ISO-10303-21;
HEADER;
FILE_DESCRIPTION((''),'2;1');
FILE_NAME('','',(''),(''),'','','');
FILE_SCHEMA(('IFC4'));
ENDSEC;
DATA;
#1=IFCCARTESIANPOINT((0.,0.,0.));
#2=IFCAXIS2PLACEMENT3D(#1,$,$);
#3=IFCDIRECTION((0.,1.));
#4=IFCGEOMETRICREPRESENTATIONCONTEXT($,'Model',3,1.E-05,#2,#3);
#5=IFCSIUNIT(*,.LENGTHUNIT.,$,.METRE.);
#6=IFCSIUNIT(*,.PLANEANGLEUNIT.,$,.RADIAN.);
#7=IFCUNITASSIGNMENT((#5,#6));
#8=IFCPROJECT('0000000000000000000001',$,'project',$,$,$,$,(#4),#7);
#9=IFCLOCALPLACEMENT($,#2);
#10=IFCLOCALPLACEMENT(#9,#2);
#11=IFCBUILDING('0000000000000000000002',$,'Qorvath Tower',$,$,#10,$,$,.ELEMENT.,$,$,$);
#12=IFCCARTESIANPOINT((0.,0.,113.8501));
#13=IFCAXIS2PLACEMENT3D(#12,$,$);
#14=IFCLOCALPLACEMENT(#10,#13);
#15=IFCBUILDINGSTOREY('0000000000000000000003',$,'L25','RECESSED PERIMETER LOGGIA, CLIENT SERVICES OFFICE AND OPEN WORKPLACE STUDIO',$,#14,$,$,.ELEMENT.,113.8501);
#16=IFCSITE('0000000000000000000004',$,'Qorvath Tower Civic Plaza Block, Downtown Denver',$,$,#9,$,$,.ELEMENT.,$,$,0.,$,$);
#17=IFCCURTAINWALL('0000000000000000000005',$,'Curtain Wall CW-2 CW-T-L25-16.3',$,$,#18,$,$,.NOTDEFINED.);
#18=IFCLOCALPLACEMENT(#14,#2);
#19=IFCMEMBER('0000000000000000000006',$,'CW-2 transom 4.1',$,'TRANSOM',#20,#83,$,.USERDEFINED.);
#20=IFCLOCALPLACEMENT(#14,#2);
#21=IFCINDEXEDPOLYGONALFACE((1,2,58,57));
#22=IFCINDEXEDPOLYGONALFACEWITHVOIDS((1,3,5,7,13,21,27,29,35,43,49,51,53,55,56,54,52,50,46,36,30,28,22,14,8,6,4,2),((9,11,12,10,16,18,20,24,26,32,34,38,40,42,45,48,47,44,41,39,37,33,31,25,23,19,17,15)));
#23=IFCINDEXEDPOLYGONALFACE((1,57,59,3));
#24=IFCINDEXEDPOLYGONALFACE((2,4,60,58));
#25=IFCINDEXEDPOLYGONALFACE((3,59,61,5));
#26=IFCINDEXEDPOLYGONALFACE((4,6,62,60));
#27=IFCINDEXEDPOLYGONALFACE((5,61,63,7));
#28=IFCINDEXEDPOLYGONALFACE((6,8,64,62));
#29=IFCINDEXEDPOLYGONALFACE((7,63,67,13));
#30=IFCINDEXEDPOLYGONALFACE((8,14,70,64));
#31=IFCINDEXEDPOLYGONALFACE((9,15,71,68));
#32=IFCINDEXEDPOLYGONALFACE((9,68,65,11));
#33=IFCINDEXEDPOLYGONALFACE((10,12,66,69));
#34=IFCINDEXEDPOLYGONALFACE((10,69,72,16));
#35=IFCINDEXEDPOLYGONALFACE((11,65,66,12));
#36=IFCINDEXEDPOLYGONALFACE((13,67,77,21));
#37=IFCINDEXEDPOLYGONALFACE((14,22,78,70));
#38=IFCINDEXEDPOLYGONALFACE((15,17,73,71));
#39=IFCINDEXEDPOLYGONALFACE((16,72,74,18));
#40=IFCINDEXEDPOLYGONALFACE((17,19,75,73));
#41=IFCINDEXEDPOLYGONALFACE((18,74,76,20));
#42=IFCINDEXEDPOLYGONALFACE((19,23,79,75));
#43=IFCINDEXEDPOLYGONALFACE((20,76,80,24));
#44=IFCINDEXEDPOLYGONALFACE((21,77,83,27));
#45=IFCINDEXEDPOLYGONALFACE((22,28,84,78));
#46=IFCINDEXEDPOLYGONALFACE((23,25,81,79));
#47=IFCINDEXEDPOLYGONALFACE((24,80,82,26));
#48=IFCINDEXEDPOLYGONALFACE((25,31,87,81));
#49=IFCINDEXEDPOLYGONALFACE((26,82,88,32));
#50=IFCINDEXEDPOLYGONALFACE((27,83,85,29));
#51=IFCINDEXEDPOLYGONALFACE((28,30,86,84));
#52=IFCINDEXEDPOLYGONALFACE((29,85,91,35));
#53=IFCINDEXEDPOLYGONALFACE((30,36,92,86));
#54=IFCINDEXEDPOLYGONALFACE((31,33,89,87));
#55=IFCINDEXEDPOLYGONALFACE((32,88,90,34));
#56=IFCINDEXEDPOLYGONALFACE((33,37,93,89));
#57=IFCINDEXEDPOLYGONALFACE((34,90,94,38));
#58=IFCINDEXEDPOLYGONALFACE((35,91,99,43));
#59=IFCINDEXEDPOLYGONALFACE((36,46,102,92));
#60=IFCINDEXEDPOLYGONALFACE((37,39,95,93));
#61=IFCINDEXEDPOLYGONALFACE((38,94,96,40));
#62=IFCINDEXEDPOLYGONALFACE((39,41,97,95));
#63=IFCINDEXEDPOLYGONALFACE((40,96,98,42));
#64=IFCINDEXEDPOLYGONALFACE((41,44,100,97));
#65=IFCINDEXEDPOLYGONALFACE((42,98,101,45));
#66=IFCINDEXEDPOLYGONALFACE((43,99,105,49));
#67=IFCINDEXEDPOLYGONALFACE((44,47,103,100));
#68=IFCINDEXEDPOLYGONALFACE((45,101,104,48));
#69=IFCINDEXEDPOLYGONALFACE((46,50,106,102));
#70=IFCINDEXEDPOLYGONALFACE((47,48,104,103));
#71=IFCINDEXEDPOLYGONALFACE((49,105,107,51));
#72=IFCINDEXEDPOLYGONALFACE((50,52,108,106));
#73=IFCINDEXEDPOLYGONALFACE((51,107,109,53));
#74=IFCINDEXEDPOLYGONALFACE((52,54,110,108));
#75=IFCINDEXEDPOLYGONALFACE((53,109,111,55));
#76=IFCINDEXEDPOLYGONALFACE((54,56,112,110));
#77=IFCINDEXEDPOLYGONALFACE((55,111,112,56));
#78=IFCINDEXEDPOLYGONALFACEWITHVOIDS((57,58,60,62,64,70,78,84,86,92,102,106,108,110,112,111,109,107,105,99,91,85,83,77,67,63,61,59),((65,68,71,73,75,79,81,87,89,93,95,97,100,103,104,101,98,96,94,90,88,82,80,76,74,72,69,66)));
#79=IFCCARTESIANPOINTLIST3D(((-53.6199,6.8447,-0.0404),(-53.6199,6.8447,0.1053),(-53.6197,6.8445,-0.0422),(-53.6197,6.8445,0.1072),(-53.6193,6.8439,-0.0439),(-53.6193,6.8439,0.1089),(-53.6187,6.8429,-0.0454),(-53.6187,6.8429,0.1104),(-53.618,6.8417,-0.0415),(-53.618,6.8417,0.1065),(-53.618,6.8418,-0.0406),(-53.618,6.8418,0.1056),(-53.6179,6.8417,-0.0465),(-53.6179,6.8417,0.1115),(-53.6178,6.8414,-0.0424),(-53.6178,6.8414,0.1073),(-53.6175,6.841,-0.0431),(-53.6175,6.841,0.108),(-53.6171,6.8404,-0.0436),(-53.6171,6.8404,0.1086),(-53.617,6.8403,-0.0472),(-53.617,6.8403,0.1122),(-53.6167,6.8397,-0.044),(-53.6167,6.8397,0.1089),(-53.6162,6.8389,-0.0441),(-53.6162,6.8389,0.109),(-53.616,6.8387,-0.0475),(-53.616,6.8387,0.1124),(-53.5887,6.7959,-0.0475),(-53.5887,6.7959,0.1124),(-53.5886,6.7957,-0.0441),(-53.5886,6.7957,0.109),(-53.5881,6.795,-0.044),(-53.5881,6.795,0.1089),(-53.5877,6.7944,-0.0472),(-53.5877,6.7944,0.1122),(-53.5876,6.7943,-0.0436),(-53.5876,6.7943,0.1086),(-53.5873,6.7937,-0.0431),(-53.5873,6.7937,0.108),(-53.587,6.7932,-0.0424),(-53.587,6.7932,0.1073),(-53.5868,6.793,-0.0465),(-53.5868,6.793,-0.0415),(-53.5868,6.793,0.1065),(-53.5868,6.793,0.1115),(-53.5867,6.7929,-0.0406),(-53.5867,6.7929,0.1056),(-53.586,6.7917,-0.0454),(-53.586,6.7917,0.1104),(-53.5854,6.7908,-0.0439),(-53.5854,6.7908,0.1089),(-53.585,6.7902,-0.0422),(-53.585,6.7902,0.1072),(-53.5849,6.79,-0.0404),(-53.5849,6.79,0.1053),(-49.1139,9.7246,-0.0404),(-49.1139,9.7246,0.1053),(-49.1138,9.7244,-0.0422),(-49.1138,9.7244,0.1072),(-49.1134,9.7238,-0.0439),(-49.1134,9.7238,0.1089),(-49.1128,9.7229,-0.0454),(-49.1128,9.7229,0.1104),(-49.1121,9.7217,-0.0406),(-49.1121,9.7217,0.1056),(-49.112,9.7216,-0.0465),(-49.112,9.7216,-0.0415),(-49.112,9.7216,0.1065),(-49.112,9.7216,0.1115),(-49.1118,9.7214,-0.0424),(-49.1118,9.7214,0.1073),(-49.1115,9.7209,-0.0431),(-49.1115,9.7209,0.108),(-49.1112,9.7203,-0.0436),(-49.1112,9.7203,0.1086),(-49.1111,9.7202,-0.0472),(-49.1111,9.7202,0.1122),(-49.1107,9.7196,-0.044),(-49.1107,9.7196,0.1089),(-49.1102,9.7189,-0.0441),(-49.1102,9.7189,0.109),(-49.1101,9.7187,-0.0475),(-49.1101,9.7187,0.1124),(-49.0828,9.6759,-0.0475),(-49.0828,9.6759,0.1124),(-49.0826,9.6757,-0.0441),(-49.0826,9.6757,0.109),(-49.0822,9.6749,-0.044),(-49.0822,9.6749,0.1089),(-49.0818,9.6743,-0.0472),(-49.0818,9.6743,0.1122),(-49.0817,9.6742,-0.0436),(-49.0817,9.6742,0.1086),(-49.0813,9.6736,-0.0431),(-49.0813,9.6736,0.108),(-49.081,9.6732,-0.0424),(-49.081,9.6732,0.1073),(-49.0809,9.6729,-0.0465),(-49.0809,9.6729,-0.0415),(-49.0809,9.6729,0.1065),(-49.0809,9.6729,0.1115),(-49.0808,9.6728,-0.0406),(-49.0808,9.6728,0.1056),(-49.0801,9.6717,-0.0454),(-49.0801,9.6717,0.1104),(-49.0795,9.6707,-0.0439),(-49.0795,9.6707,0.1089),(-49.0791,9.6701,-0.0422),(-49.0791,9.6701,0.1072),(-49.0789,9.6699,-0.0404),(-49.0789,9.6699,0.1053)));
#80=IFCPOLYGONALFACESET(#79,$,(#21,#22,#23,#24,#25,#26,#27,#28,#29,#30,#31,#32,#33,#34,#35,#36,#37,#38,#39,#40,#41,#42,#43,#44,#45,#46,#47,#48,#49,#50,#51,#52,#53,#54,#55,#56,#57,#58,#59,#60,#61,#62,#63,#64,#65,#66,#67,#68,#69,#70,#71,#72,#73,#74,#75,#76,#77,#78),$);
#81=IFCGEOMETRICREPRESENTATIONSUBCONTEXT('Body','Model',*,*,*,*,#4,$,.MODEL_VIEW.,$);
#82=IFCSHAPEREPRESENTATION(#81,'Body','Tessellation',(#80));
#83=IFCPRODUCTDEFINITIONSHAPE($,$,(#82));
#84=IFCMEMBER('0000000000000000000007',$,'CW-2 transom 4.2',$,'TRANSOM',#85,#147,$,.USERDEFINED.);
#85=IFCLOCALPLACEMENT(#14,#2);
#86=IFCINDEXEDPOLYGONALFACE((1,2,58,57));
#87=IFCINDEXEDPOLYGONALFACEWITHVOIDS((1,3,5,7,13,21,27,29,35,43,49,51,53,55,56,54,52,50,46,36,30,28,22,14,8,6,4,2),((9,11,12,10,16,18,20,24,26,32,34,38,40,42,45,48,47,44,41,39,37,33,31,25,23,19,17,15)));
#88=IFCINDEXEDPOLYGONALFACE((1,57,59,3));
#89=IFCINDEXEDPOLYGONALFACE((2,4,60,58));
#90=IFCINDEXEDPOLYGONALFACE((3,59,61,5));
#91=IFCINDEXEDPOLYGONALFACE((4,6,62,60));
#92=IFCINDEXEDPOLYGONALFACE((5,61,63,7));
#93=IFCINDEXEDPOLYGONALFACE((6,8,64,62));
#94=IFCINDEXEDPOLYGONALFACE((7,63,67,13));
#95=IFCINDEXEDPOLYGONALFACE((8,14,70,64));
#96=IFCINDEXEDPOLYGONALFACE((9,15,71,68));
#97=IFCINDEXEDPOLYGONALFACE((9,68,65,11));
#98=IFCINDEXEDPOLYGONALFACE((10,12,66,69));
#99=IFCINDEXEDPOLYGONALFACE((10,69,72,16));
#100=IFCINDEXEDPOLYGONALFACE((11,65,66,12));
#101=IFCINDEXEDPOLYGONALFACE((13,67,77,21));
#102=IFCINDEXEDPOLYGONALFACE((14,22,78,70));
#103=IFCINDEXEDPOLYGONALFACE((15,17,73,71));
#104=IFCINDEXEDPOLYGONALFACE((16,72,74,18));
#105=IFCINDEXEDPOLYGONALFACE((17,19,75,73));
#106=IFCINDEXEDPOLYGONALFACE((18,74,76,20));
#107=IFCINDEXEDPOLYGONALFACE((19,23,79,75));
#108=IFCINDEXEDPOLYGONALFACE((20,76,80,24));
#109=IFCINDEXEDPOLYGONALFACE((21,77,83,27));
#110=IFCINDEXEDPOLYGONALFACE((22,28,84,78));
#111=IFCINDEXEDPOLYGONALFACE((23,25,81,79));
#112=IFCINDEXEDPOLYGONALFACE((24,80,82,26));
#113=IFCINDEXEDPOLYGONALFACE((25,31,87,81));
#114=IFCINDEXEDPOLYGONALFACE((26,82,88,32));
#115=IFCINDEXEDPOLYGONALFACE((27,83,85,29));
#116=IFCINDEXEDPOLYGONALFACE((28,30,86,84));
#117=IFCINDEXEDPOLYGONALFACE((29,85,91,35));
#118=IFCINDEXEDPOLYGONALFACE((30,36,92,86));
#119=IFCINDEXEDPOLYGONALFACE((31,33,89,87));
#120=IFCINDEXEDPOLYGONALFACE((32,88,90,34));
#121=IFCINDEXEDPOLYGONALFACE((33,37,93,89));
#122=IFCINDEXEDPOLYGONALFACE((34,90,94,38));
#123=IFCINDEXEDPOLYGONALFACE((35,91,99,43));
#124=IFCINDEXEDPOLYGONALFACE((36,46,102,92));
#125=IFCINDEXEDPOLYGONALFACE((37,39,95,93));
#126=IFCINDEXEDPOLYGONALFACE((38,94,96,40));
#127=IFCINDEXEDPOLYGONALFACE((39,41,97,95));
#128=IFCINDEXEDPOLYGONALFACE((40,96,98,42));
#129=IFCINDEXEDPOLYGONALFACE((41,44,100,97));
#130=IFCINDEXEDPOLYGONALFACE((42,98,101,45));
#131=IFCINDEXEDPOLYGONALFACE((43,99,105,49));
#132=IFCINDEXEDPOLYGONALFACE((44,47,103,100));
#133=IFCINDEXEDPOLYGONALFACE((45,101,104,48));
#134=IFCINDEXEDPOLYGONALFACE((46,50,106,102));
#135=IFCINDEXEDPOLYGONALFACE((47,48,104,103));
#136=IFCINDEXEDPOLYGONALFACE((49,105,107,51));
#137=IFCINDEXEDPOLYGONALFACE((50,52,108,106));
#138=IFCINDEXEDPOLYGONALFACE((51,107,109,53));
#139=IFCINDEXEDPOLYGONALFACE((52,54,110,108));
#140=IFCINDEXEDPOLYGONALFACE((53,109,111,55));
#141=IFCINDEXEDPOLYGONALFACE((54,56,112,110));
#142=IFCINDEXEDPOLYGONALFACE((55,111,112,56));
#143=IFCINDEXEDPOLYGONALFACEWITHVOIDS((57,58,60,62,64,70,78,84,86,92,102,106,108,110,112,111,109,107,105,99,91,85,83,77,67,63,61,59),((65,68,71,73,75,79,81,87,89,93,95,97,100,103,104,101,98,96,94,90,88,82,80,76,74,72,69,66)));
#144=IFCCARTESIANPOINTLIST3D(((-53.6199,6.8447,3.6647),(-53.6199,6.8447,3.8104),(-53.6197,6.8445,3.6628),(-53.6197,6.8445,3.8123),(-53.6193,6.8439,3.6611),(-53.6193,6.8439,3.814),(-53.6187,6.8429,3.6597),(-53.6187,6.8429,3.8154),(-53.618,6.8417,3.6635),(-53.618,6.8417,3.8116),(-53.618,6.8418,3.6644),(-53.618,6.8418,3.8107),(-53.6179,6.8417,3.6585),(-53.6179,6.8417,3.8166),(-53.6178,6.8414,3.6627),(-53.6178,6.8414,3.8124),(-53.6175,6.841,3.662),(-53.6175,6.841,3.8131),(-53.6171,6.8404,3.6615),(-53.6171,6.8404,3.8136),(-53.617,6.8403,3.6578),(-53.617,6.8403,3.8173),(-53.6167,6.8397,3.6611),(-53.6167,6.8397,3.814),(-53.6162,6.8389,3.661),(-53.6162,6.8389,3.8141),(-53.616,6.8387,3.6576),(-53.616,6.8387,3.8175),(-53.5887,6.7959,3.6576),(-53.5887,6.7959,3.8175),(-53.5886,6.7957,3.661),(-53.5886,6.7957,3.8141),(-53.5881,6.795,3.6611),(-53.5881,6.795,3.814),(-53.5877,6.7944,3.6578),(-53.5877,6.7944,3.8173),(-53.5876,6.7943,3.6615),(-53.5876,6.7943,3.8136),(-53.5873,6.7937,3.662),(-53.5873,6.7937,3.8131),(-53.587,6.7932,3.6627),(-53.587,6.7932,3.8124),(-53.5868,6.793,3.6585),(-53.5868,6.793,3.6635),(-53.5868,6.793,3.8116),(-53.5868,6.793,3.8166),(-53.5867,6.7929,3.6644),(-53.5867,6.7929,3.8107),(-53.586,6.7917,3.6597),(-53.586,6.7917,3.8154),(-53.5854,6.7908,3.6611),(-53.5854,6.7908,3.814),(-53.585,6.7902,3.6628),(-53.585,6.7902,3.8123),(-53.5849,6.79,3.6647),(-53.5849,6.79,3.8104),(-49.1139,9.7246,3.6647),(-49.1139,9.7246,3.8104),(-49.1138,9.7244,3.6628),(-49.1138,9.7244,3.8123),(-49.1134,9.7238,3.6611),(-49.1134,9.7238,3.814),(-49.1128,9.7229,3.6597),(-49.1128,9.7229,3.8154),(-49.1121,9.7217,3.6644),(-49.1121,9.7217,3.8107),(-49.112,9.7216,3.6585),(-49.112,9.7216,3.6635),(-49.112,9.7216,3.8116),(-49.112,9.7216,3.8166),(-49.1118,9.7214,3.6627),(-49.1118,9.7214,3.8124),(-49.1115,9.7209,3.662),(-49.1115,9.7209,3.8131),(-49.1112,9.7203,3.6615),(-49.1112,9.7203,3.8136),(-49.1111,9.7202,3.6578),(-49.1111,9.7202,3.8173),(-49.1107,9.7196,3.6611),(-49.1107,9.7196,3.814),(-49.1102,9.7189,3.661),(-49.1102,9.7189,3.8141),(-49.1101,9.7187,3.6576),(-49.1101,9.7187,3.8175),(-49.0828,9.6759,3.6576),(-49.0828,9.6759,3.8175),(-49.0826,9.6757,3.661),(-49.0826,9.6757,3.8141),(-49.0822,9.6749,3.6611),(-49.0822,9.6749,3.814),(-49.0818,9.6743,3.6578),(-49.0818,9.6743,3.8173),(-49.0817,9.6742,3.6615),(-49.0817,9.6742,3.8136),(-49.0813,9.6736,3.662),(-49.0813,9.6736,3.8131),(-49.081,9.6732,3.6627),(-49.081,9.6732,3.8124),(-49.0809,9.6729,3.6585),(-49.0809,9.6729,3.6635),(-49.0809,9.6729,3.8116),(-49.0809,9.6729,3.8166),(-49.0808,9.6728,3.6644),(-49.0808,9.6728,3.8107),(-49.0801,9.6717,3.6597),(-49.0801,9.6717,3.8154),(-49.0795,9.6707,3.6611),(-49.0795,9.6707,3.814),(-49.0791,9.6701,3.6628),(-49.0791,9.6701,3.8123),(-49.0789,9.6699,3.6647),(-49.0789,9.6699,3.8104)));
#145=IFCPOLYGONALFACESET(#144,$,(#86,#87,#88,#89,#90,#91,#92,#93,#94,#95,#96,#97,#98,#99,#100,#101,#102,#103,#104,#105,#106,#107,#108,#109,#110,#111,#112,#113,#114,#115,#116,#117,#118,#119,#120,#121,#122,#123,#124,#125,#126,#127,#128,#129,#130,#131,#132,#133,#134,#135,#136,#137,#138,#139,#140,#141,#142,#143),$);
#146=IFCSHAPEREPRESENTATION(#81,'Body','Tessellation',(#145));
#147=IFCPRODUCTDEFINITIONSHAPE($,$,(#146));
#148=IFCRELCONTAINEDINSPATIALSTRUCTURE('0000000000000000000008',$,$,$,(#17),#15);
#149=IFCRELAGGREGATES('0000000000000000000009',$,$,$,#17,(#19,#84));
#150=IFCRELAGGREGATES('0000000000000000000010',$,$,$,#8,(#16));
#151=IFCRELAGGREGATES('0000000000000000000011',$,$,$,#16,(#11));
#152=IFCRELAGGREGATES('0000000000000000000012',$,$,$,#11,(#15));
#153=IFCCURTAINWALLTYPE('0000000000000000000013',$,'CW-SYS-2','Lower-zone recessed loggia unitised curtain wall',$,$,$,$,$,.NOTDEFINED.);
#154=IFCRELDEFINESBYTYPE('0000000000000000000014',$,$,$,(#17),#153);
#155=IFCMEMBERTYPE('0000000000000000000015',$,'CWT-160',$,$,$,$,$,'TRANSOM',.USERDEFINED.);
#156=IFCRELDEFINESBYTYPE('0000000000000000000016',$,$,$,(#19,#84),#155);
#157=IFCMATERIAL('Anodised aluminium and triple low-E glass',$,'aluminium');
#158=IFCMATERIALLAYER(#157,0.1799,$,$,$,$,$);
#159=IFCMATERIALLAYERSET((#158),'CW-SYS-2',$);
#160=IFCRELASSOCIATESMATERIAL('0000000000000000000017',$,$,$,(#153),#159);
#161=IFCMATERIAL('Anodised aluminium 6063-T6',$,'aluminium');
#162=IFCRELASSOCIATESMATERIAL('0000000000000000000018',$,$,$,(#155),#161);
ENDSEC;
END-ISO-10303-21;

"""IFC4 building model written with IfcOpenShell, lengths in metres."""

from ifc_helpers import new_model, si_unit, direction, frame, origin, origin_2d, place, context, subcontext, project, spatial, hollow_rectangle, extrude, material, layer, layer_set, material_profile, profile_set, type_object, element, aggregate, save


model = new_model("IFC4")

# Units and contexts
model_context = context("Model", 3, precision=1e-05, world=origin(), true_north=direction((0.0, 1.0)))
body_context = subcontext(model_context, "Body", "Model", "MODEL_VIEW")
ifc_project = project(units=[si_unit("LENGTHUNIT", "METRE"), si_unit("PLANEANGLEUNIT", "RADIAN")], contexts=[model_context])

# Site, building, storey
site_placement = place(None, origin())
site = spatial("IfcSite", under=ifc_project, at=site_placement, Name="Qorvath Tower Civic Plaza Block, Downtown Denver", CompositionType="ELEMENT", RefElevation=0.0)
building_placement = place(site_placement, origin())
building = spatial("IfcBuilding", under=site, at=building_placement, Name="Qorvath Tower", CompositionType="ELEMENT")
storey_placement = place(building_placement, frame((0.0, 0.0, 113.8501)))
storey = spatial("IfcBuildingStorey", under=building, at=storey_placement, Name="L25", Description="RECESSED PERIMETER LOGGIA, CLIENT SERVICES OFFICE AND OPEN WORKPLACE STUDIO", CompositionType="ELEMENT", Elevation=113.8501)

# Curtain wall, members
ifc_material_1 = material(Name="Anodised aluminium and triple low-E glass", Category="aluminium")
ifc_layer_1 = layer(ifc_material_1, 0.1799)
ifc_layer_set_1 = layer_set([ifc_layer_1], Name="CW-SYS-2")
curtain_wall_type = type_object("IfcCurtainWallType", Name="CW-SYS-2", Description="Lower-zone recessed loggia unitised curtain wall", PredefinedType="NOTDEFINED", material=ifc_layer_set_1)
curtain_wall_placement = place(storey_placement, origin())
curtain_wall = element("IfcCurtainWall", 1, at=curtain_wall_placement, inside=storey, type_object=curtain_wall_type, Name="Curtain Wall CW-2 CW-T-L25-16.3", PredefinedType="NOTDEFINED")
ifc_material_2 = material(Name="Anodised aluminium 6063-T6", Category="aluminium")
ifc_material_profile_1 = material_profile(ifc_material_2, hollow_rectangle(XDim=0.0649, YDim=0.1599, WallThickness=0.0034, InnerFilletRadius=0.0034, OuterFilletRadius=0.0071, at=origin_2d()), Name="CWT 160x65")
ifc_profile_set_1 = profile_set([ifc_material_profile_1], Name="Anodised aluminium 6063-T6")
member_type_1 = type_object("IfcMemberType", Name="CWT-160", ElementType="TRANSOM", PredefinedType="USERDEFINED", material=ifc_profile_set_1)
member_1_placement = place(storey_placement, frame((-49.0964, 9.6973, 0.0325), z_axis=(-0.8426, -0.538541, 0.0), x_axis=(0.538541, -0.8426, 0.0)))
member_1 = element("IfcMember", 2, at=member_1_placement, type_object=member_type_1, Name="CW-2 transom 4.1", ObjectType="TRANSOM", PredefinedType="USERDEFINED", context=body_context, shape_type="SweptSolid", body=[
    extrude(hollow_rectangle(XDim=0.0649, YDim=0.1599, WallThickness=0.0034, InnerFilletRadius=0.0034, OuterFilletRadius=0.0071, at=origin_2d()), origin(), (0.0, 0.0, 1.0), 5.3477),
])
member_2_placement = place(storey_placement, frame((-49.0964, 9.6973, 3.7375), z_axis=(-0.8426, -0.538541, 0.0), x_axis=(0.538541, -0.8426, 0.0)))
member_2 = element("IfcMember", 3, at=member_2_placement, type_object=member_type_1, Name="CW-2 transom 4.2", ObjectType="TRANSOM", PredefinedType="USERDEFINED", context=body_context, shape_type="SweptSolid", body=[
    extrude(hollow_rectangle(XDim=0.0649, YDim=0.1599, WallThickness=0.0034, InnerFilletRadius=0.0034, OuterFilletRadius=0.0071, at=origin_2d()), origin(), (0.0, 0.0, 1.0), 5.3477),
])
aggregate(curtain_wall, [member_1, member_2])

save(model, "model.ifc")
